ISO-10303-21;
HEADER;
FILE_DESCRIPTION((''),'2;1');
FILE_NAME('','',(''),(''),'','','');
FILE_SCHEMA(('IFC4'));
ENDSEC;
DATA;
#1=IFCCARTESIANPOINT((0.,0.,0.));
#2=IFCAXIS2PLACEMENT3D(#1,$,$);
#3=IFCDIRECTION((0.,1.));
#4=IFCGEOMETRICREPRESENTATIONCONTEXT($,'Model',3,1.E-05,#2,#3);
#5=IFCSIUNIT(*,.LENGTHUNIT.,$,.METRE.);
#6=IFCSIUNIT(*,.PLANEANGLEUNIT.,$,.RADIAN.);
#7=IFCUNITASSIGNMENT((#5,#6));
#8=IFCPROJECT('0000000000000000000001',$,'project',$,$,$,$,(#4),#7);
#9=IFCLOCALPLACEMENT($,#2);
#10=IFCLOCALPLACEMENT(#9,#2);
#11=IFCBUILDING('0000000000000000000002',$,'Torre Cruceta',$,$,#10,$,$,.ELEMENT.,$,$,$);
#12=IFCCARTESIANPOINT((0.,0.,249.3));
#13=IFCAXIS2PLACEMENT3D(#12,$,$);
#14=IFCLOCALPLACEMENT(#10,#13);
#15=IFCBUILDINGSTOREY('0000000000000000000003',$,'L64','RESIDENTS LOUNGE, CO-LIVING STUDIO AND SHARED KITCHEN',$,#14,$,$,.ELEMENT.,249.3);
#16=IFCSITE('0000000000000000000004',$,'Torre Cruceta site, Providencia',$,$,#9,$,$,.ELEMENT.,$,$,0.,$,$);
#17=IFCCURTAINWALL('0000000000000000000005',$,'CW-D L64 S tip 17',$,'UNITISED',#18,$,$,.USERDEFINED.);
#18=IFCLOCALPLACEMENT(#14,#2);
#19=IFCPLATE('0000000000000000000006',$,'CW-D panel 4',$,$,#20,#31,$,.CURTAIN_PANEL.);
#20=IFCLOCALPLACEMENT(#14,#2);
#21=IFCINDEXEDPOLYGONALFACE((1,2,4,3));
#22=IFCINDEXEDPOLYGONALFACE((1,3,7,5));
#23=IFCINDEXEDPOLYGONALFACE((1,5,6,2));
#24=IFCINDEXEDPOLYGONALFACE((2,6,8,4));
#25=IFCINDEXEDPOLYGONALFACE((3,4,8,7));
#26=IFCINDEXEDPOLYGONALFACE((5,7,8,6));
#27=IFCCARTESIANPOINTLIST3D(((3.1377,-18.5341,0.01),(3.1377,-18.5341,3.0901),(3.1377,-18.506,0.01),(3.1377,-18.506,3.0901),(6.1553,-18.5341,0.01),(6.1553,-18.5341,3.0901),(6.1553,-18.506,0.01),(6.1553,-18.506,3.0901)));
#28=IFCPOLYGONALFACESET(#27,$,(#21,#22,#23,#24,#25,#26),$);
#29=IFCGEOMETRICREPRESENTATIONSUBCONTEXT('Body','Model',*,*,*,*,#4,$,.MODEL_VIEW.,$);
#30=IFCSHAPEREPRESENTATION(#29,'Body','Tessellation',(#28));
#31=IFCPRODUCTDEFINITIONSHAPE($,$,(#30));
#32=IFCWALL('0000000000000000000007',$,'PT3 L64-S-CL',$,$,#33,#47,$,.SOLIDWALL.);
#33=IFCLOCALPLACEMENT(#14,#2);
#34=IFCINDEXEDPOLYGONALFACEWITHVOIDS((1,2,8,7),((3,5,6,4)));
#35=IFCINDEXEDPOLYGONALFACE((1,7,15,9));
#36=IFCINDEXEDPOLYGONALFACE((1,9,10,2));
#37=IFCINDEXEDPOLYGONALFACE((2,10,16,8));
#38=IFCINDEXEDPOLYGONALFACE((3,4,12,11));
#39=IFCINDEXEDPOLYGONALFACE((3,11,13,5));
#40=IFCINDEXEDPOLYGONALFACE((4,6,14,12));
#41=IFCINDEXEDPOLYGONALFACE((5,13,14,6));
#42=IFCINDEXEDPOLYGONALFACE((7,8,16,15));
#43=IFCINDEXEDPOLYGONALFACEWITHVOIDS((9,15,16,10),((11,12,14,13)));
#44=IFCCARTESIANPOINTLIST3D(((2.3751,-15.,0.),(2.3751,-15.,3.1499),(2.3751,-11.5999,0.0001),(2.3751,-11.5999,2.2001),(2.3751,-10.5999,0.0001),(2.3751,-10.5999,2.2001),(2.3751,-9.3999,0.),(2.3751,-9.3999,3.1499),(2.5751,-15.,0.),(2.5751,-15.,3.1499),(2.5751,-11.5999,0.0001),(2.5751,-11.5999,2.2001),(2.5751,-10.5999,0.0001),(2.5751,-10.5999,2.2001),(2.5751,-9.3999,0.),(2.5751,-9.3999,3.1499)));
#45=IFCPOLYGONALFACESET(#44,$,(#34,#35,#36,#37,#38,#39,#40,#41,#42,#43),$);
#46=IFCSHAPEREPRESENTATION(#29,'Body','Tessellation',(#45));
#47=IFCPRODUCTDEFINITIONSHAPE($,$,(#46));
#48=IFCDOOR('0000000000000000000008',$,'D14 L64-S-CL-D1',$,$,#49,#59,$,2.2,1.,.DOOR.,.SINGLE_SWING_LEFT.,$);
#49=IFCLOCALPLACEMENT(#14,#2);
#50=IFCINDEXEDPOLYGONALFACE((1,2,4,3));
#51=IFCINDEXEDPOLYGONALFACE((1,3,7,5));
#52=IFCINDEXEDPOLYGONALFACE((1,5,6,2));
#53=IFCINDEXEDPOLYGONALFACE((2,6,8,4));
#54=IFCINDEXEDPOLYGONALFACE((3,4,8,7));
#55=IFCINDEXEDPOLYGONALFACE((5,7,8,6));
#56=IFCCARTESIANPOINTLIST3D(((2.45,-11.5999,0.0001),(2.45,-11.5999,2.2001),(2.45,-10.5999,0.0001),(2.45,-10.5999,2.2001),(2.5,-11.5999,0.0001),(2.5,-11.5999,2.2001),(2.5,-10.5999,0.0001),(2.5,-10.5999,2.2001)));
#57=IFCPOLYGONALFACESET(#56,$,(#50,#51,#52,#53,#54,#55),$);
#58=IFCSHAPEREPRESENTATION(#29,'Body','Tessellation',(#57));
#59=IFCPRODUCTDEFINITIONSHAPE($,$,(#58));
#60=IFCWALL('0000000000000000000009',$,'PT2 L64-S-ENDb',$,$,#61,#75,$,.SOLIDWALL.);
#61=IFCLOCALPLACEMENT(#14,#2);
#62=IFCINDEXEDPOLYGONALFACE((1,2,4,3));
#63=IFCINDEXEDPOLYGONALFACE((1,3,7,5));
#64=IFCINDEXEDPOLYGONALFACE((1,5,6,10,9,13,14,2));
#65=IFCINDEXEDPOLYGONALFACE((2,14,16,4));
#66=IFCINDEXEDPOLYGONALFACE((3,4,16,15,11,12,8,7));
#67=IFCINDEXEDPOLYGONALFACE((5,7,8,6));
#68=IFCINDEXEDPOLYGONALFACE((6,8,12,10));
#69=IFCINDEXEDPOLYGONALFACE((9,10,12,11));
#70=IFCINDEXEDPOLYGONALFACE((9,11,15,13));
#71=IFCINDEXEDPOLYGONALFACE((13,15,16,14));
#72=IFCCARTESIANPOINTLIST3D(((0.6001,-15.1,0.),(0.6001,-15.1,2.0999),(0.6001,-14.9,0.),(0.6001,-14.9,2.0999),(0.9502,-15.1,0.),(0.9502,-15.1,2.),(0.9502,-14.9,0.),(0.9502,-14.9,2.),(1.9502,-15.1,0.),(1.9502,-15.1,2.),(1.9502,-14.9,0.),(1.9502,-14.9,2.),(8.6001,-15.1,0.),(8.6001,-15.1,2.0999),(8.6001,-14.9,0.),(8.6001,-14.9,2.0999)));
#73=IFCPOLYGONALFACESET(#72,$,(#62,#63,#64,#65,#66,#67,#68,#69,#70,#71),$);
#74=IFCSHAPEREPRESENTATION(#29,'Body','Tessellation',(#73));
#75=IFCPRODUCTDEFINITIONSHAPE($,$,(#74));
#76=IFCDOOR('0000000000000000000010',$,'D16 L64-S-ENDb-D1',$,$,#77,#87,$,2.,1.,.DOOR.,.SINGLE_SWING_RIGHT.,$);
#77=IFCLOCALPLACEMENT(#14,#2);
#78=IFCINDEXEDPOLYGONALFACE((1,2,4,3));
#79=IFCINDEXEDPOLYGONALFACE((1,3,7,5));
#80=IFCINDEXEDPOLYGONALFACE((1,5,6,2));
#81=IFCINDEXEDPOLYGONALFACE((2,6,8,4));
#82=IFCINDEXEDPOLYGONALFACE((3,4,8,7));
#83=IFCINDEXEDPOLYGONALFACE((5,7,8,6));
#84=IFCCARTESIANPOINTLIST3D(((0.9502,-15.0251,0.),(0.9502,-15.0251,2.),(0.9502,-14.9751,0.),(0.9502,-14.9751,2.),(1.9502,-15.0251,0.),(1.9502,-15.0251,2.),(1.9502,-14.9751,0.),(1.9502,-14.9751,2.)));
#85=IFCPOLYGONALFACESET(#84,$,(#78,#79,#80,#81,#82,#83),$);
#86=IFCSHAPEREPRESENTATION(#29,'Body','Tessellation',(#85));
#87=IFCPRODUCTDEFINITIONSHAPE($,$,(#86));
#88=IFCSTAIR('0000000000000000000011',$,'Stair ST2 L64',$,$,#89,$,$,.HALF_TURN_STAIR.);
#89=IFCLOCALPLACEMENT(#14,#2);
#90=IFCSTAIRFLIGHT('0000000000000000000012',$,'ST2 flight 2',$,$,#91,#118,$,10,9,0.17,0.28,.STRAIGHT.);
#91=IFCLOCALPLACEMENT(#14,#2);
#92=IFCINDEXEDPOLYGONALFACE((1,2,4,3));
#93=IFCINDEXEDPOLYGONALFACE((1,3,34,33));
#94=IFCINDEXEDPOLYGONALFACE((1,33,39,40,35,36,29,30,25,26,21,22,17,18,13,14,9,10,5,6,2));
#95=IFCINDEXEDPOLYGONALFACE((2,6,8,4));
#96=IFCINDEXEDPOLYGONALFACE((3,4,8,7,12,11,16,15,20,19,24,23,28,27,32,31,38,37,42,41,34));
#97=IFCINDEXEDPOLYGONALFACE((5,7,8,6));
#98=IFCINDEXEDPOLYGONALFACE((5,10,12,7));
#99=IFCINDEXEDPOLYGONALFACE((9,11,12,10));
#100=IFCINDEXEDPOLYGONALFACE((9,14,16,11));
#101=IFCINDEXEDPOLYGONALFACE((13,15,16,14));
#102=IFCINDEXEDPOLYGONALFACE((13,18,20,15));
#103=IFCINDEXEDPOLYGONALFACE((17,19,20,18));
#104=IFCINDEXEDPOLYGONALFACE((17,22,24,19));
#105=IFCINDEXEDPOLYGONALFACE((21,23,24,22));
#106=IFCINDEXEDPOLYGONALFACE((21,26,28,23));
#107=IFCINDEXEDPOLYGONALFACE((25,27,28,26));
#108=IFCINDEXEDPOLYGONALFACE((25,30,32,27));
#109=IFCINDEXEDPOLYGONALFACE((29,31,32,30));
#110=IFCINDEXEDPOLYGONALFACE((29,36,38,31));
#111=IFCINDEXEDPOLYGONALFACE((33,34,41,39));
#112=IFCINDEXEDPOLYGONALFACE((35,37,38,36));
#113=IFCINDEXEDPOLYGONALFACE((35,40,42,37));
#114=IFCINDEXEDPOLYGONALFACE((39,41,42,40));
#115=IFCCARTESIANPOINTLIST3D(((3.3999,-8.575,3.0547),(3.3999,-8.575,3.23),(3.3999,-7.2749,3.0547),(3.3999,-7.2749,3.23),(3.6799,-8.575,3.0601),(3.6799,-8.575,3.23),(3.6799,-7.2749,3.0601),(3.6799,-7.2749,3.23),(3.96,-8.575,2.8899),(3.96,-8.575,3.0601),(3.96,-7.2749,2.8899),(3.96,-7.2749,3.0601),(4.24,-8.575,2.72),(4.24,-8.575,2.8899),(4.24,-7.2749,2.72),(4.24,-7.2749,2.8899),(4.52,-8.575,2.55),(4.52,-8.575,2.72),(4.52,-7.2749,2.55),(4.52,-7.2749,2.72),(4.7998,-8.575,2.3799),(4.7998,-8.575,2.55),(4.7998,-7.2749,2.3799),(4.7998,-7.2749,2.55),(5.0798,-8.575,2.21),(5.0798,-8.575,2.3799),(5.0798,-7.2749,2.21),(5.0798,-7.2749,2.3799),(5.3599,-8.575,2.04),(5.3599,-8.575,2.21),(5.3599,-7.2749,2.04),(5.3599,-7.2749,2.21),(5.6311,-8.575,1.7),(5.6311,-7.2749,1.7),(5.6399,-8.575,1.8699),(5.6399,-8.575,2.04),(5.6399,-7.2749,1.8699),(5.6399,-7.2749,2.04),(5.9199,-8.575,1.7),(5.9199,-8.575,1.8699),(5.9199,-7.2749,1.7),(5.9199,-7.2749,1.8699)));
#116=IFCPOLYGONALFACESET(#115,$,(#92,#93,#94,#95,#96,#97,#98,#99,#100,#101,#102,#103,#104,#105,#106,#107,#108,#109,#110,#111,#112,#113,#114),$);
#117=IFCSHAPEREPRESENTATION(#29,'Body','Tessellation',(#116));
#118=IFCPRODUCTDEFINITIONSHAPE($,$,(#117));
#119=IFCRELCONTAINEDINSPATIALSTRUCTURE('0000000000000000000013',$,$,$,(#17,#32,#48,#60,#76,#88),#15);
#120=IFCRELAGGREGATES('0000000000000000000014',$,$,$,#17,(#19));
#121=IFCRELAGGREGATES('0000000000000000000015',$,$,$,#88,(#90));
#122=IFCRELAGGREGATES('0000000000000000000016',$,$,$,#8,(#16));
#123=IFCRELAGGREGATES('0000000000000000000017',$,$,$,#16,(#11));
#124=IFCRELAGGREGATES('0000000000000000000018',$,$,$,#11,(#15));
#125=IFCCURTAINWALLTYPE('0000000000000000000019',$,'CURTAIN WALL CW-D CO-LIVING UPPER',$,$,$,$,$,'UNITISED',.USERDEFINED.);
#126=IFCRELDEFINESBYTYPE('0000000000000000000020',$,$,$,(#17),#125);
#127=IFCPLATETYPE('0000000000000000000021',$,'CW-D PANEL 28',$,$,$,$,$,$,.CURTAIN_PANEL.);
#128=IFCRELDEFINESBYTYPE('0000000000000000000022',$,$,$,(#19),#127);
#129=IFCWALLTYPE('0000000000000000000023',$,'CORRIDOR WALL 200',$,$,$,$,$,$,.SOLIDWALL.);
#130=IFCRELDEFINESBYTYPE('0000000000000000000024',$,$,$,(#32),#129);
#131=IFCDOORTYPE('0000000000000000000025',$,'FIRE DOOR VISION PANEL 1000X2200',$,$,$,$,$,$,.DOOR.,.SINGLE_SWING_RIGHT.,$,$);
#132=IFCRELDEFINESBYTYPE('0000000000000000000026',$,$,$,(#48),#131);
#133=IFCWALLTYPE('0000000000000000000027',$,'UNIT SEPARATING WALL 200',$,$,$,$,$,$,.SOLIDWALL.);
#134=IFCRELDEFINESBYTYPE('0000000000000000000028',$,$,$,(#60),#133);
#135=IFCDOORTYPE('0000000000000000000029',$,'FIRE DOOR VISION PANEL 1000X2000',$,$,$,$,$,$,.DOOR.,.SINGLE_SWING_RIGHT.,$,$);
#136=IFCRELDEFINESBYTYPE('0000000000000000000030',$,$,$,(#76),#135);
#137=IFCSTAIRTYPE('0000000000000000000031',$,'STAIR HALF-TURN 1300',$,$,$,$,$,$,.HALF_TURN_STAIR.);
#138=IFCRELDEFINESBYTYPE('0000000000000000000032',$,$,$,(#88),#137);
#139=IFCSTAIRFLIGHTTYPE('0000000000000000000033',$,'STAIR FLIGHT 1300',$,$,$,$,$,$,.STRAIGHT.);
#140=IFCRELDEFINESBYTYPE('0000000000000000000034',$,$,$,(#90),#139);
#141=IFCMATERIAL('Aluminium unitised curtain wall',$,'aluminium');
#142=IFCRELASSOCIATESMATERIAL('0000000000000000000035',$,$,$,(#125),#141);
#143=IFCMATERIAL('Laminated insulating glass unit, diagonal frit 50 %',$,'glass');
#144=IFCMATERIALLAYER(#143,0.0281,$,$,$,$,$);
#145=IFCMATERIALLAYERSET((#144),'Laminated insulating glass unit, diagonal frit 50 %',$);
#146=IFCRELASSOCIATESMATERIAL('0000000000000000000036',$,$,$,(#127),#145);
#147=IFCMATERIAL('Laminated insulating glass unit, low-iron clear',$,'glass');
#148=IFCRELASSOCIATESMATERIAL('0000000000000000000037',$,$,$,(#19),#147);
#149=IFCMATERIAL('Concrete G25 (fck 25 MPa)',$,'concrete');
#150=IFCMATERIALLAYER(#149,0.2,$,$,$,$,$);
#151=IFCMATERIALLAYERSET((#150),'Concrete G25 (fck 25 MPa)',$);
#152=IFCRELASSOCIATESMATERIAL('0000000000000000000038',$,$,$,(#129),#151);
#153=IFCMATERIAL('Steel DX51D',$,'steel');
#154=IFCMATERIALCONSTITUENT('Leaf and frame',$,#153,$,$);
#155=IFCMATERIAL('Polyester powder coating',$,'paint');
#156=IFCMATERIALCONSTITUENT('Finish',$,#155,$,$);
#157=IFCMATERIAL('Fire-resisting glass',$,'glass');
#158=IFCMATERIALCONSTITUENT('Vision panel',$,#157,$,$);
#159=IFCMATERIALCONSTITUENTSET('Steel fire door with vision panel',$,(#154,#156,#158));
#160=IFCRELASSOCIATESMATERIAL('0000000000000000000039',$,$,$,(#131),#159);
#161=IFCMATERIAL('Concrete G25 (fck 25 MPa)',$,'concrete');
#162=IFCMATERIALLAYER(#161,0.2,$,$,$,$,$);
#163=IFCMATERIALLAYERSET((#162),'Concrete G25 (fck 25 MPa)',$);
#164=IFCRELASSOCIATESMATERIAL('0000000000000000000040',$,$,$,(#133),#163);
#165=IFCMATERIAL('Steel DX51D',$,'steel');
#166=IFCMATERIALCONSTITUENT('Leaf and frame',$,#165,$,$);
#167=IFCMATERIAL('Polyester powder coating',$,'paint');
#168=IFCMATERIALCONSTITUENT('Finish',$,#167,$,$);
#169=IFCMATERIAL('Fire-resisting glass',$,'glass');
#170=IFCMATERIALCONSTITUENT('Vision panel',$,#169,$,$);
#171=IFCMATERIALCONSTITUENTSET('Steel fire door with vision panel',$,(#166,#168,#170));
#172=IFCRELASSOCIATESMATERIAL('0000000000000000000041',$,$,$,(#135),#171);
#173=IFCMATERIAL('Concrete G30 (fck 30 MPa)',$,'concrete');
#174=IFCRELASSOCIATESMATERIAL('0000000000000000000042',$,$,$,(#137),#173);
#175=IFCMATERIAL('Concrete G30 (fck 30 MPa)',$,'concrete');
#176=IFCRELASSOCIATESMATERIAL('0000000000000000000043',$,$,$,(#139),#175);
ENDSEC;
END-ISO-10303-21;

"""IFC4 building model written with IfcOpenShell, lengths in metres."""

from ifc_helpers import new_model, si_unit, direction, frame, frame_2d, origin, origin_2d, place, context, subcontext, project, spatial, polyline, rectangle, outline, extrude, material, layer, layer_set, constituent, constituent_set, type_object, element, fill, aggregate, save


model = new_model("IFC4")

# Units and contexts
model_context = context("Model", 3, precision=1e-05, world=origin(), true_north=direction((0.0, 1.0)))
body_context = subcontext(model_context, "Body", "Model", "MODEL_VIEW")
ifc_project = project(units=[si_unit("LENGTHUNIT", "METRE"), si_unit("PLANEANGLEUNIT", "RADIAN")], contexts=[model_context])

# Site, building, storey
site_placement = place(None, origin())
site = spatial("IfcSite", under=ifc_project, at=site_placement, Name="Torre Cruceta site, Providencia", CompositionType="ELEMENT", RefElevation=0.0)
building_placement = place(site_placement, origin())
building = spatial("IfcBuilding", under=site, at=building_placement, Name="Torre Cruceta", CompositionType="ELEMENT")
storey_placement = place(building_placement, frame((0.0, 0.0, 249.3)))
storey = spatial("IfcBuildingStorey", under=building, at=storey_placement, Name="L64", Description="RESIDENTS LOUNGE, CO-LIVING STUDIO AND SHARED KITCHEN", CompositionType="ELEMENT", Elevation=249.3)

# Curtain wall
ifc_material_1 = material(Name="Aluminium unitised curtain wall", Category="aluminium")
curtain_wall_type = type_object("IfcCurtainWallType", Name="CURTAIN WALL CW-D CO-LIVING UPPER", ElementType="UNITISED", PredefinedType="USERDEFINED", material=ifc_material_1)
curtain_wall_placement = place(storey_placement, origin())
curtain_wall = element("IfcCurtainWall", 1, at=curtain_wall_placement, inside=storey, type_object=curtain_wall_type, Name="CW-D L64 S tip 17", ObjectType="UNITISED", PredefinedType="USERDEFINED")

# Plate
ifc_material_2 = material(Name="Laminated insulating glass unit, low-iron clear", Category="glass")
ifc_material_3 = material(Name="Laminated insulating glass unit, diagonal frit 50 %", Category="glass")
ifc_layer_1 = layer(ifc_material_3, 0.0281)
ifc_layer_set_1 = layer_set([ifc_layer_1], Name="Laminated insulating glass unit, diagonal frit 50 %")
plate_type = type_object("IfcPlateType", Name="CW-D PANEL 28", PredefinedType="CURTAIN_PANEL", material=ifc_layer_set_1)
plate_1_placement = place(storey_placement, frame((4.6465, -18.52, 0.01), z_axis=(0.0, 0.0, 1.0), x_axis=(1.0, 0.0, 0.0)))
plate_1 = element("IfcPlate", 2, at=plate_1_placement, type_object=plate_type, material=ifc_material_2, Name="CW-D panel 4", PredefinedType="CURTAIN_PANEL", context=body_context, shape_type="SweptSolid", body=[
    extrude(rectangle(XDim=3.0176, YDim=0.0281, at=origin_2d()), origin(), (0.0, 0.0, 1.0), 3.0801),
])
aggregate(curtain_wall, [plate_1])

# Wall, opening, door
ifc_material_4 = material(Name="Concrete G25 (fck 25 MPa)", Category="concrete")
ifc_layer_2 = layer(ifc_material_4, 0.2)
ifc_layer_set_2 = layer_set([ifc_layer_2], Name="Concrete G25 (fck 25 MPa)")
wall_type_1 = type_object("IfcWallType", Name="CORRIDOR WALL 200", PredefinedType="SOLIDWALL", material=ifc_layer_set_2)
wall_1_placement = place(storey_placement, frame((2.4751, -9.3999, 0.0), z_axis=(0.0, 0.0, 1.0), x_axis=(0.0, -1.0, 0.0)))
wall_1 = element("IfcWall", 3, at=wall_1_placement, inside=storey, type_object=wall_type_1, Name="PT3 L64-S-CL", PredefinedType="SOLIDWALL", context=body_context, shape_type="SweptSolid", body=[
    extrude(rectangle(XDim=5.6001, YDim=0.2, at=frame_2d((2.8, 0.0))), origin(), (0.0, 0.0, 1.0), 3.1499),
])
opening_1_placement = place(wall_1_placement, frame((1.2, 0.0, 0.0)))
opening_1 = element("IfcOpeningElement", 4, at=opening_1_placement, cuts=wall_1, PredefinedType="OPENING", context=body_context, shape_type="SweptSolid", body=[
    extrude(rectangle(XDim=1.0, YDim=2.2, at=frame_2d((0.5, 1.1001))), frame((0.0, 0.1099, 0.0), z_axis=(0.0, -1.0, 0.0), x_axis=(1.0, 0.0, 0.0)), (0.0, 0.0, 1.0), 0.22),
])
ifc_material_5 = material(Name="Steel DX51D", Category="steel")
ifc_constituent_1 = constituent(ifc_material_5, Name="Leaf and frame")
ifc_material_6 = material(Name="Polyester powder coating", Category="paint")
ifc_constituent_2 = constituent(ifc_material_6, Name="Finish")
ifc_material_7 = material(Name="Fire-resisting glass", Category="glass")
ifc_constituent_3 = constituent(ifc_material_7, Name="Vision panel")
ifc_constituent_set_1 = constituent_set(constituents=[ifc_constituent_1, ifc_constituent_2, ifc_constituent_3], Name="Steel fire door with vision panel")
door_type_1 = type_object("IfcDoorType", Name="FIRE DOOR VISION PANEL 1000X2200", OperationType="SINGLE_SWING_RIGHT", PredefinedType="DOOR", material=ifc_constituent_set_1)
door_1_placement = place(opening_1_placement, origin())
door_1 = element("IfcDoor", 5, at=door_1_placement, inside=storey, type_object=door_type_1, Name="D14 L64-S-CL-D1", OperationType="SINGLE_SWING_LEFT", OverallHeight=2.2, OverallWidth=1.0, PredefinedType="DOOR", context=body_context, shape_type="SweptSolid", body=[
    extrude(rectangle(XDim=1.0, YDim=2.2, at=frame_2d((0.5, 1.1001))), frame((0.0, 0.0249, 0.0), z_axis=(0.0, -1.0, 0.0), x_axis=(1.0, 0.0, 0.0)), (0.0, 0.0, 1.0), 0.05),
])
fill(opening_1, door_1)

# Wall, opening, door
ifc_material_8 = material(Name="Concrete G25 (fck 25 MPa)", Category="concrete")
ifc_layer_3 = layer(ifc_material_8, 0.2)
ifc_layer_set_3 = layer_set([ifc_layer_3], Name="Concrete G25 (fck 25 MPa)")
wall_type_2 = type_object("IfcWallType", Name="UNIT SEPARATING WALL 200", PredefinedType="SOLIDWALL", material=ifc_layer_set_3)
wall_2_placement = place(storey_placement, frame((0.6001, -15.0, 0.0), z_axis=(0.0, 0.0, 1.0), x_axis=(1.0, 0.0, 0.0)))
wall_2 = element("IfcWall", 6, at=wall_2_placement, inside=storey, type_object=wall_type_2, Name="PT2 L64-S-ENDb", PredefinedType="SOLIDWALL", context=body_context, shape_type="SweptSolid", body=[
    extrude(rectangle(XDim=8.0, YDim=0.2, at=frame_2d((4.0, 0.0))), origin(), (0.0, 0.0, 1.0), 2.0999),
])
opening_2_placement = place(wall_2_placement, frame((0.3501, 0.0, 0.0)))
opening_2 = element("IfcOpeningElement", 7, at=opening_2_placement, cuts=wall_2, PredefinedType="OPENING", context=body_context, shape_type="SweptSolid", body=[
    extrude(rectangle(XDim=1.0, YDim=2.0, at=frame_2d((0.5, 1.0))), frame((0.0, 0.1099, 0.0), z_axis=(0.0, -1.0, 0.0), x_axis=(1.0, 0.0, 0.0)), (0.0, 0.0, 1.0), 0.22),
])
ifc_material_9 = material(Name="Steel DX51D", Category="steel")
ifc_constituent_4 = constituent(ifc_material_9, Name="Leaf and frame")
ifc_material_10 = material(Name="Polyester powder coating", Category="paint")
ifc_constituent_5 = constituent(ifc_material_10, Name="Finish")
ifc_material_11 = material(Name="Fire-resisting glass", Category="glass")
ifc_constituent_6 = constituent(ifc_material_11, Name="Vision panel")
ifc_constituent_set_2 = constituent_set(constituents=[ifc_constituent_4, ifc_constituent_5, ifc_constituent_6], Name="Steel fire door with vision panel")
door_type_2 = type_object("IfcDoorType", Name="FIRE DOOR VISION PANEL 1000X2000", OperationType="SINGLE_SWING_RIGHT", PredefinedType="DOOR", material=ifc_constituent_set_2)
door_2_placement = place(opening_2_placement, frame((1.0, 0.0, 0.0), z_axis=(0.0, 0.0, 1.0), x_axis=(-1.0, 0.0, 0.0)))
door_2 = element("IfcDoor", 8, at=door_2_placement, inside=storey, type_object=door_type_2, Name="D16 L64-S-ENDb-D1", OperationType="SINGLE_SWING_RIGHT", OverallHeight=2.0, OverallWidth=1.0, PredefinedType="DOOR", context=body_context, shape_type="SweptSolid", body=[
    extrude(rectangle(XDim=1.0, YDim=2.0, at=frame_2d((0.5, 1.0))), frame((0.0, 0.0251, 0.0), z_axis=(0.0, -1.0, 0.0), x_axis=(1.0, 0.0, 0.0)), (0.0, 0.0, 1.0), 0.05),
])
fill(opening_2, door_2)

# Stair, stair flight
ifc_material_12 = material(Name="Concrete G30 (fck 30 MPa)", Category="concrete")
stair_type = type_object("IfcStairType", Name="STAIR HALF-TURN 1300", PredefinedType="HALF_TURN_STAIR", material=ifc_material_12)
stair_placement = place(storey_placement, origin())
stair = element("IfcStair", 9, at=stair_placement, inside=storey, type_object=stair_type, Name="Stair ST2 L64", PredefinedType="HALF_TURN_STAIR")
ifc_material_13 = material(Name="Concrete G30 (fck 30 MPa)", Category="concrete")
stair_flight_type = type_object("IfcStairFlightType", Name="STAIR FLIGHT 1300", PredefinedType="STRAIGHT", material=ifc_material_13)
stair_flight_placement = place(storey_placement, frame((5.9199, -7.925, 1.7), z_axis=(0.0, 0.0, 1.0), x_axis=(-1.0, 0.0, 0.0)))
stair_flight = element("IfcStairFlight", 10, at=stair_flight_placement, type_object=stair_flight_type, Name="ST2 flight 2", NumberOfRisers=10, NumberOfTreads=9, PredefinedType="STRAIGHT", RiserHeight=0.17, TreadLength=0.28, context=body_context, shape_type="SweptSolid", body=[
    extrude(outline(polyline([(0.0, 0.0), (0.0, 0.1699), (0.28, 0.1699), (0.28, 0.3401), (0.5601, 0.3401), (0.5601, 0.51), (0.8401, 0.51), (0.8401, 0.6799), (1.1201, 0.6799), (1.1201, 0.8501), (1.3999, 0.8501), (1.3999, 1.02), (1.6799, 1.02), (1.6799, 1.1899), (1.96, 1.1899), (1.96, 1.3601), (2.24, 1.3601), (2.24, 1.53), (2.52, 1.53), (2.52, 1.7), (2.52, 1.3547), (0.2888, 0.0), (0.0, 0.0)])), frame((0.0, 0.6499, 0.0), z_axis=(0.0, -1.0, 0.0), x_axis=(1.0, 0.0, 0.0)), (0.0, 0.0, 1.0), 1.3),
])
aggregate(stair, [stair_flight])

save(model, "model.ifc")
